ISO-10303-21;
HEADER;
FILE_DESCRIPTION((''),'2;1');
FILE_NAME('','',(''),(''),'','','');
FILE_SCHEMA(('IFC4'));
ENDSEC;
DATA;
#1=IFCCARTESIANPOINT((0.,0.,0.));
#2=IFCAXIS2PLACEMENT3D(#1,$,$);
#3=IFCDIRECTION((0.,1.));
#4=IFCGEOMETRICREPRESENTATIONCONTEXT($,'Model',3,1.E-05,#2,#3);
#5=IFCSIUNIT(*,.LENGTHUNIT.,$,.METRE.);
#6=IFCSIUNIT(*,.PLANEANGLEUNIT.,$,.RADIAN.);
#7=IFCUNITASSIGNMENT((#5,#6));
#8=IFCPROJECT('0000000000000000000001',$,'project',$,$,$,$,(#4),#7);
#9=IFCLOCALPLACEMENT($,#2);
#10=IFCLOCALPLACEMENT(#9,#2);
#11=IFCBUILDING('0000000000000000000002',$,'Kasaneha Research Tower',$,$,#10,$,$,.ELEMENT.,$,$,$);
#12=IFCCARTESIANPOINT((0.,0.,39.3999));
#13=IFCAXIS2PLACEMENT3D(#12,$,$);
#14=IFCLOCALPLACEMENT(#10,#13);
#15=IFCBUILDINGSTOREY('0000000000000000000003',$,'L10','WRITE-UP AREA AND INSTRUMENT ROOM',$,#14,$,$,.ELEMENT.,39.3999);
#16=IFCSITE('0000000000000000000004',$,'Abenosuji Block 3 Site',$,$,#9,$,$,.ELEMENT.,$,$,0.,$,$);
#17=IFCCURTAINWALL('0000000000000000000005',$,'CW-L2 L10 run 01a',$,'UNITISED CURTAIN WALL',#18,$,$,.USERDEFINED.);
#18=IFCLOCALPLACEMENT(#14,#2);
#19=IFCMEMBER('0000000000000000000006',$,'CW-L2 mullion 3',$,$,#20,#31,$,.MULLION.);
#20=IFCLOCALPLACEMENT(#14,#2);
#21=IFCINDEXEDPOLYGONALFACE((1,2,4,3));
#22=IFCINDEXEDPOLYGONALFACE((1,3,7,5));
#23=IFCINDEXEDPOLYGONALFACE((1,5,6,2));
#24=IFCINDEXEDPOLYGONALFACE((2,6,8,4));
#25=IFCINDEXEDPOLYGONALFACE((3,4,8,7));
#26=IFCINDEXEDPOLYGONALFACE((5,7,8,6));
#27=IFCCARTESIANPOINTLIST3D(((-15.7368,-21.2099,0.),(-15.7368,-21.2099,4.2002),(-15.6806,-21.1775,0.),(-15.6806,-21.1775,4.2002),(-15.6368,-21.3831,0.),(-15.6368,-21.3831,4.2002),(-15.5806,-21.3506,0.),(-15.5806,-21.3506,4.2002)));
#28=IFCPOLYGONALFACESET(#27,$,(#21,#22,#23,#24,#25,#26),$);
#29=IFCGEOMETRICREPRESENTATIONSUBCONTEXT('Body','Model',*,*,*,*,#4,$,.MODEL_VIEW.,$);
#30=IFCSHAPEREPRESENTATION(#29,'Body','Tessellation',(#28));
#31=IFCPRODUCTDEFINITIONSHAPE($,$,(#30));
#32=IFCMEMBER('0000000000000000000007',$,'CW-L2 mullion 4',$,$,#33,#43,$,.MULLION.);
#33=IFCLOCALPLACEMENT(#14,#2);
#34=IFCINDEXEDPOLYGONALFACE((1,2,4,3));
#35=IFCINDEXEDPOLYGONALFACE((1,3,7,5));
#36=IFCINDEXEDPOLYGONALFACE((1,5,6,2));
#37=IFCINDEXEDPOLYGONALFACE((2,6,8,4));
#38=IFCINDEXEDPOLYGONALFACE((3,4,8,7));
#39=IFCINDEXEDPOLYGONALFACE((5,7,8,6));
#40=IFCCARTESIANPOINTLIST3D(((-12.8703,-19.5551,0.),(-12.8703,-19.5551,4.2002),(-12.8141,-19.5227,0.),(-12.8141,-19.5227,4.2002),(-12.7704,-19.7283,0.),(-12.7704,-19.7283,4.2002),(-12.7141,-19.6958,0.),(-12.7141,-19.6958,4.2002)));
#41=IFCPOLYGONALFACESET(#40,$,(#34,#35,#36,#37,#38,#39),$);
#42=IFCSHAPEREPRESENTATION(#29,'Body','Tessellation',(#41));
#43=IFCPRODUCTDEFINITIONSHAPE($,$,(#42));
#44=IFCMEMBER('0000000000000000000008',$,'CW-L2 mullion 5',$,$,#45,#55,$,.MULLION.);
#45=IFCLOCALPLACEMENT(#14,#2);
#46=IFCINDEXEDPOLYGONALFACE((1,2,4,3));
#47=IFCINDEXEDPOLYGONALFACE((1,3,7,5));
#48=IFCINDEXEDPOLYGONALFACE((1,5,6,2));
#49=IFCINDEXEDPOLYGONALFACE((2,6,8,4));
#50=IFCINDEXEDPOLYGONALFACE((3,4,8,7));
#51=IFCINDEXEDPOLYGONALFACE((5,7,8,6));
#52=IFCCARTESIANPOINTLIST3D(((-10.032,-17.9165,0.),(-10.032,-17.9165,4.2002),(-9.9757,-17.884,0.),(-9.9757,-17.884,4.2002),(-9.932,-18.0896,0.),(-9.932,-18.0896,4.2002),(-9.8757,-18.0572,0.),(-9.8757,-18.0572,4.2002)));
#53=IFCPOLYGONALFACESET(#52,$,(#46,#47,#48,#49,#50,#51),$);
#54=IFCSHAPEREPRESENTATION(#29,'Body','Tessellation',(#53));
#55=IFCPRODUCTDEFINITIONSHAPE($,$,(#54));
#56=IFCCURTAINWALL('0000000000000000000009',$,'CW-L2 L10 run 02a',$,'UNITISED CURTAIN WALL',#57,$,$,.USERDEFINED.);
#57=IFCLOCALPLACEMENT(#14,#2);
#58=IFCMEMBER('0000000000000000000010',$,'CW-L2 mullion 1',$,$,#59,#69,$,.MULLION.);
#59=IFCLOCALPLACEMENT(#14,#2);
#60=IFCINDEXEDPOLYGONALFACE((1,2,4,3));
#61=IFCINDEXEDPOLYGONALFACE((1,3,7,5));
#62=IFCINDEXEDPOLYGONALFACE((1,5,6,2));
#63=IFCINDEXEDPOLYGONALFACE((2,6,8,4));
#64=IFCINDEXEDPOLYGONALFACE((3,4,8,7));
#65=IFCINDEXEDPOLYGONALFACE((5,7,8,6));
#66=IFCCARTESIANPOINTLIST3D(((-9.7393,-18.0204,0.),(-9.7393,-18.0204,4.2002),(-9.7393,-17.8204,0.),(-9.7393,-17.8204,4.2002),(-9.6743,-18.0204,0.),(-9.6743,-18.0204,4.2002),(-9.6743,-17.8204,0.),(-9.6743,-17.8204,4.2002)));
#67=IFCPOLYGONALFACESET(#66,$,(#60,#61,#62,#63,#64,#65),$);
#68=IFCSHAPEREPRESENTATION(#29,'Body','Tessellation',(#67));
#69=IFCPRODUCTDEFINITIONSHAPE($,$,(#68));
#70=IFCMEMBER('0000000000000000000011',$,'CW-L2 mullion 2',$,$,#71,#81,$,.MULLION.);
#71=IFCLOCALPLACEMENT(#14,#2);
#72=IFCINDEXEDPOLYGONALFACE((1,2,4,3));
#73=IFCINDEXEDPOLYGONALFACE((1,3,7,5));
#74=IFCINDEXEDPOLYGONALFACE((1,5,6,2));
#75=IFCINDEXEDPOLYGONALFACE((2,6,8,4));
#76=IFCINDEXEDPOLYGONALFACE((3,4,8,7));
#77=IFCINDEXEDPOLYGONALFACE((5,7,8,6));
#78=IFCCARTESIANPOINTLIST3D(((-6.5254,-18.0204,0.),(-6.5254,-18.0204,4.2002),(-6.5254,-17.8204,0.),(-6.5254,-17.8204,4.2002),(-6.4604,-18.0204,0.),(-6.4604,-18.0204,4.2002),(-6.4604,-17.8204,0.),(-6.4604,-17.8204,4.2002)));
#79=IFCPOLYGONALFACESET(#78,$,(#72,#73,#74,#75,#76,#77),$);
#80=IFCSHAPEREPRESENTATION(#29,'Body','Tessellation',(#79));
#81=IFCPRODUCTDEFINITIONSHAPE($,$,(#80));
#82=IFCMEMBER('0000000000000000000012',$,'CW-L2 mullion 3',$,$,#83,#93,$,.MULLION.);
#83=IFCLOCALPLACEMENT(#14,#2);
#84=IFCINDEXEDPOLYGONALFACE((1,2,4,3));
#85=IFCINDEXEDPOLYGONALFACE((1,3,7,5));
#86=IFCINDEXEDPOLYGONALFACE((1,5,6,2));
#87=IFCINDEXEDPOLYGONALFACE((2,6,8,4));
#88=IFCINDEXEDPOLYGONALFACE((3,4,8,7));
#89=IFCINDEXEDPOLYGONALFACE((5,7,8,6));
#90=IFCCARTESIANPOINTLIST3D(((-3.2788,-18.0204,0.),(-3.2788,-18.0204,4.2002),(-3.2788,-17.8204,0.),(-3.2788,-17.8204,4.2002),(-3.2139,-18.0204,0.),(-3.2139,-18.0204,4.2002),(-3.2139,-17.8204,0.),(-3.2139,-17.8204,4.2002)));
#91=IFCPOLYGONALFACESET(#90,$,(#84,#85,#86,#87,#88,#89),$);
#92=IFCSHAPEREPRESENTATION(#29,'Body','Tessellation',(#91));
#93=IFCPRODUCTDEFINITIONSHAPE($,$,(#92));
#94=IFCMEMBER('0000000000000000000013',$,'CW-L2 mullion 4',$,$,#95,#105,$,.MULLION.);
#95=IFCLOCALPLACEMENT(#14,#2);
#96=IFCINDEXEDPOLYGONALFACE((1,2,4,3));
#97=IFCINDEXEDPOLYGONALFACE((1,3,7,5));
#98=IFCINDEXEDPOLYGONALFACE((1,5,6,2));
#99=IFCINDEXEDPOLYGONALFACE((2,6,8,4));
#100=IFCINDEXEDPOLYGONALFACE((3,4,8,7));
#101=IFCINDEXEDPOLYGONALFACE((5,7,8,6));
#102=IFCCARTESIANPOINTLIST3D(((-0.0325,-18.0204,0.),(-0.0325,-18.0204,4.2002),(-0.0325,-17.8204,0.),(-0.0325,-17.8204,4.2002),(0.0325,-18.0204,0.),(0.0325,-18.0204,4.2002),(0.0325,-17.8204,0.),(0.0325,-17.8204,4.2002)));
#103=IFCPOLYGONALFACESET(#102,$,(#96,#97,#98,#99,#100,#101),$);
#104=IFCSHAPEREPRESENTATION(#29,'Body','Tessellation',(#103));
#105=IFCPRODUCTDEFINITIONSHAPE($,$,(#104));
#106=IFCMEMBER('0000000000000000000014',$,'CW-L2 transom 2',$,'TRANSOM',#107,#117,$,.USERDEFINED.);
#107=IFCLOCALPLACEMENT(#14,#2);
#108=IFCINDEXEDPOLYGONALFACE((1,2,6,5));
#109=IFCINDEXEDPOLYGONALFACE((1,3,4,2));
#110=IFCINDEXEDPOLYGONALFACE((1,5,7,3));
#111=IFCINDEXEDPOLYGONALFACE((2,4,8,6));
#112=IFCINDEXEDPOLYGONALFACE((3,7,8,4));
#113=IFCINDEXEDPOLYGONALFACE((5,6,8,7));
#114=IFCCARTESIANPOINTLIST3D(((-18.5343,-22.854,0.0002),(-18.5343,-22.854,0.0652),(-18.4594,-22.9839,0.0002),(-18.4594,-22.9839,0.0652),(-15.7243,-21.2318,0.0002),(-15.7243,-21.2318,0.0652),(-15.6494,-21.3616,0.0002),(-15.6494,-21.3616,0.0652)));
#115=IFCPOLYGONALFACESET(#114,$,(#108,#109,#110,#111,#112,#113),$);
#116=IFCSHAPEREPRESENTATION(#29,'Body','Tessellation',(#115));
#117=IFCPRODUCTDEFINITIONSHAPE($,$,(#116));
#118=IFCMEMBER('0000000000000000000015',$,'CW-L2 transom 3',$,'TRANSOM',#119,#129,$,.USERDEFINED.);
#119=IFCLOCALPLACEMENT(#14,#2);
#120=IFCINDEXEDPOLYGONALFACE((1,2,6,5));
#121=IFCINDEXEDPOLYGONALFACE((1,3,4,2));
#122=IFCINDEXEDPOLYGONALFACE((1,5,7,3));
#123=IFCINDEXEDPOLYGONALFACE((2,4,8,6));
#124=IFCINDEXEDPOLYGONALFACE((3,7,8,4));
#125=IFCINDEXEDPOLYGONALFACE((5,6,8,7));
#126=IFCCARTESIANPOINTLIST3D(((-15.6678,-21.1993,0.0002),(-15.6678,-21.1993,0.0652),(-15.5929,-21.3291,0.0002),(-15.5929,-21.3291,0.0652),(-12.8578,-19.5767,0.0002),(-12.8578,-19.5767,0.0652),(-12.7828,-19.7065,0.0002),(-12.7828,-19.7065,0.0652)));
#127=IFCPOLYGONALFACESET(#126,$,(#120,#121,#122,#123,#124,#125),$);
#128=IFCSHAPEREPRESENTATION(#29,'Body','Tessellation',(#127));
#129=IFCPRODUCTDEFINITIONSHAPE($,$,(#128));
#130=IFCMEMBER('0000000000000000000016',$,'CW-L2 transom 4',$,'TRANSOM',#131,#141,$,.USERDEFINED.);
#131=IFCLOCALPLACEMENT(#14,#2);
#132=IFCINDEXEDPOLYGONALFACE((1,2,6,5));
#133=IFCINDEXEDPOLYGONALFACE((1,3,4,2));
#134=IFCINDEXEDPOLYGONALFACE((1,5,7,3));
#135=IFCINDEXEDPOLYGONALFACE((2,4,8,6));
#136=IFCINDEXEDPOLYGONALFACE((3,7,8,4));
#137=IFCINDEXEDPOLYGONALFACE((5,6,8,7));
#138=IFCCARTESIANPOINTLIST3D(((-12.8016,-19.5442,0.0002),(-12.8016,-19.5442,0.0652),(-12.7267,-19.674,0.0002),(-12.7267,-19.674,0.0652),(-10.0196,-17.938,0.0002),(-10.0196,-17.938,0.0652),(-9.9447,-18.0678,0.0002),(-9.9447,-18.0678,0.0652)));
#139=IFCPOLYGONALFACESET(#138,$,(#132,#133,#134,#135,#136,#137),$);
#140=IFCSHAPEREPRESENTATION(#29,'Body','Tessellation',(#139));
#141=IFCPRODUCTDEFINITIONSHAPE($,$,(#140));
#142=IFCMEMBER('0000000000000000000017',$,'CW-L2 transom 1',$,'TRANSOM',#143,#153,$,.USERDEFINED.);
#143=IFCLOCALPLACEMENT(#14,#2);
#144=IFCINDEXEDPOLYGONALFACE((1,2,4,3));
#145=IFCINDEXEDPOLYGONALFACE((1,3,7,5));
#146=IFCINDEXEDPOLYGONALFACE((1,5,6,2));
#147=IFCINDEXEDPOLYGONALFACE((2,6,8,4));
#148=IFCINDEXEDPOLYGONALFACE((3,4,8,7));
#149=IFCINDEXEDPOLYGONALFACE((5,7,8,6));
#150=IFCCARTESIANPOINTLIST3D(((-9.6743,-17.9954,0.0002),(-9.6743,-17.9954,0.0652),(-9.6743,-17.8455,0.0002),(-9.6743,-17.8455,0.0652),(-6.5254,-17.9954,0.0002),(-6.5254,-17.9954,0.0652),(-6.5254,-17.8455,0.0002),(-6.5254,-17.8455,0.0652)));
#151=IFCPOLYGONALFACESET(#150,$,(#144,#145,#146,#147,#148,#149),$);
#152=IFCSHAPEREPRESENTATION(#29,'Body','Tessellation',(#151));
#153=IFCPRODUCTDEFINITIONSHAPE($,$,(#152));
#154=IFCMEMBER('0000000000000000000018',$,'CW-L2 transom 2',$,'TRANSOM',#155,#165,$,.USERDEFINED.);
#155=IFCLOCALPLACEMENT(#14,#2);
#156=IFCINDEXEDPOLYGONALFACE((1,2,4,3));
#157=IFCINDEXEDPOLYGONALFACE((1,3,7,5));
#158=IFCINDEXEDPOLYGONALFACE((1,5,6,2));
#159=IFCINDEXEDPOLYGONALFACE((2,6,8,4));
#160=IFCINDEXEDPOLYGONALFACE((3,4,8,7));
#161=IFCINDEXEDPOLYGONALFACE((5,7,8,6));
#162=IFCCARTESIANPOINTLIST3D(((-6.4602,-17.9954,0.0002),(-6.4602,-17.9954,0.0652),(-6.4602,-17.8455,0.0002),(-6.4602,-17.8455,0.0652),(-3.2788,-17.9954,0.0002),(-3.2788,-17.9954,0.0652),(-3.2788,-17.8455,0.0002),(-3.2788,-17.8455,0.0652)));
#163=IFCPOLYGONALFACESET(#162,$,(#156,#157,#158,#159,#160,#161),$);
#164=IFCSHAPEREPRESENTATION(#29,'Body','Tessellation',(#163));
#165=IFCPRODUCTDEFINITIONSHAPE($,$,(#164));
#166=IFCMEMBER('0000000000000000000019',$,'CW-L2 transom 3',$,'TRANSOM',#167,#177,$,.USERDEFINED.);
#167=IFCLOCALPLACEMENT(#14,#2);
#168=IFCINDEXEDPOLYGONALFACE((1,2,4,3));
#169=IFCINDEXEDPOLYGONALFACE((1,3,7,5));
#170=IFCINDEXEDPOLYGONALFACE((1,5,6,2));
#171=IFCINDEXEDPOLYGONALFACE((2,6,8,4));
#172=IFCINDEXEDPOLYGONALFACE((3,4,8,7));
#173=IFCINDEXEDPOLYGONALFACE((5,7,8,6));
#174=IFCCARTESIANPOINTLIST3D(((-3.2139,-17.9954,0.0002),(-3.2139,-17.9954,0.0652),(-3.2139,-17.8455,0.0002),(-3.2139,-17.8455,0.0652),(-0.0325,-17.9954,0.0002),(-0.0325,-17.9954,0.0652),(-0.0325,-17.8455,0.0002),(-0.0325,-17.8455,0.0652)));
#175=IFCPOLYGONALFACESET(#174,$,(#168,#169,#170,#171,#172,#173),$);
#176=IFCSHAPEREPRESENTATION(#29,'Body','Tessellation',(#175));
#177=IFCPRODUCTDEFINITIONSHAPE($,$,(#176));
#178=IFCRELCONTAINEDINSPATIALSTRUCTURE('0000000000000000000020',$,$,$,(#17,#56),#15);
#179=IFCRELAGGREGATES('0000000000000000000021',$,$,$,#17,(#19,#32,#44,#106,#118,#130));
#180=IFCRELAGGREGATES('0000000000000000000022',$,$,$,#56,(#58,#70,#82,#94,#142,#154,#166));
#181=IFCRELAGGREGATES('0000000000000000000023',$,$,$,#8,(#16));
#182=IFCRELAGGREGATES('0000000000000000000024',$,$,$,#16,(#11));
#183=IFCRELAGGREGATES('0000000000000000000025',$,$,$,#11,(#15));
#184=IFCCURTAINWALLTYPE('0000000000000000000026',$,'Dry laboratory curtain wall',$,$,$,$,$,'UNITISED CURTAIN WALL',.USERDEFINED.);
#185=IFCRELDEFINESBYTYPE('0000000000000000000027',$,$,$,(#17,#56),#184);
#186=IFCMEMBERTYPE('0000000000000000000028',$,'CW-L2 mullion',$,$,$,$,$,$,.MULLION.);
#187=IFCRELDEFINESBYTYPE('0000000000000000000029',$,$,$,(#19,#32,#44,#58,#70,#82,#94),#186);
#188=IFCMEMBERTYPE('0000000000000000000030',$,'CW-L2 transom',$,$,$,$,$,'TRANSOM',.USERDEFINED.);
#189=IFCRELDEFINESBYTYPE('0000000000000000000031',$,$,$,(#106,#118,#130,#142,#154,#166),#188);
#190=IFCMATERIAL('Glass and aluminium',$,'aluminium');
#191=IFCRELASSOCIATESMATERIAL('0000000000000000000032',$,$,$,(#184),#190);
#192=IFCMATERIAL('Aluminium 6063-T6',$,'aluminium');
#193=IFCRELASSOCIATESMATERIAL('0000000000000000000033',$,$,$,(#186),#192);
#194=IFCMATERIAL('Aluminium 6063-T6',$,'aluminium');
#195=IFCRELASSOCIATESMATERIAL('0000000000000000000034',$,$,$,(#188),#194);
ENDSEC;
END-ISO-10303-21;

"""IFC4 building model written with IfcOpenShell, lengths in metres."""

from ifc_helpers import new_model, si_unit, direction, frame, origin, origin_2d, place, context, subcontext, project, spatial, rectangle, extrude, material, material_profile, profile_set, type_object, element, aggregate, save


model = new_model("IFC4")

# Units and contexts
model_context = context("Model", 3, precision=1e-05, world=origin(), true_north=direction((0.0, 1.0)))
body_context = subcontext(model_context, "Body", "Model", "MODEL_VIEW")
ifc_project = project(units=[si_unit("LENGTHUNIT", "METRE"), si_unit("PLANEANGLEUNIT", "RADIAN")], contexts=[model_context])

# Site, building, storey
site_placement = place(None, origin())
site = spatial("IfcSite", under=ifc_project, at=site_placement, Name="Abenosuji Block 3 Site", CompositionType="ELEMENT", RefElevation=0.0)
building_placement = place(site_placement, origin())
building = spatial("IfcBuilding", under=site, at=building_placement, Name="Kasaneha Research Tower", CompositionType="ELEMENT")
storey_placement = place(building_placement, frame((0.0, 0.0, 39.3999)))
storey = spatial("IfcBuildingStorey", under=building, at=storey_placement, Name="L10", Description="WRITE-UP AREA AND INSTRUMENT ROOM", CompositionType="ELEMENT", Elevation=39.3999)

# Curtain walls, members
ifc_material_1 = material(Name="Glass and aluminium", Category="aluminium")
curtain_wall_type = type_object("IfcCurtainWallType", Name="Dry laboratory curtain wall", ElementType="UNITISED CURTAIN WALL", PredefinedType="USERDEFINED", material=ifc_material_1)
curtain_wall_1_placement = place(storey_placement, origin())
curtain_wall_1 = element("IfcCurtainWall", 1, at=curtain_wall_1_placement, inside=storey, type_object=curtain_wall_type, Name="CW-L2 L10 run 01a", ObjectType="UNITISED CURTAIN WALL", PredefinedType="USERDEFINED")
ifc_material_2 = material(Name="Aluminium 6063-T6", Category="aluminium")
ifc_material_profile_1 = material_profile(ifc_material_2, rectangle(XDim=0.0649, YDim=0.2, at=origin_2d()), Name="CW-L2 mullion 65x200")
ifc_profile_set_1 = profile_set([ifc_material_profile_1], Name="Aluminium 6063-T6")
member_type_1 = type_object("IfcMemberType", Name="CW-L2 mullion", PredefinedType="MULLION", material=ifc_profile_set_1)
member_1_placement = place(storey_placement, frame((-15.6587, -21.2803, 0.0), z_axis=(0.0, 0.0, 1.0), x_axis=(0.866025, 0.5, 0.0)))
member_1 = element("IfcMember", 2, at=member_1_placement, type_object=member_type_1, Name="CW-L2 mullion 3", PredefinedType="MULLION", context=body_context, shape_type="SweptSolid", body=[
    extrude(rectangle(XDim=0.0649, YDim=0.2, at=origin_2d()), origin(), (0.0, 0.0, 1.0), 4.2002),
])
member_2_placement = place(storey_placement, frame((-12.7922, -19.6255, 0.0), z_axis=(0.0, 0.0, 1.0), x_axis=(0.866025, 0.5, 0.0)))
member_2 = element("IfcMember", 3, at=member_2_placement, type_object=member_type_1, Name="CW-L2 mullion 4", PredefinedType="MULLION", context=body_context, shape_type="SweptSolid", body=[
    extrude(rectangle(XDim=0.0649, YDim=0.2, at=origin_2d()), origin(), (0.0, 0.0, 1.0), 4.2002),
])
member_3_placement = place(storey_placement, frame((-9.9539, -17.9868, 0.0), z_axis=(0.0, 0.0, 1.0), x_axis=(0.866025, 0.5, 0.0)))
member_3 = element("IfcMember", 4, at=member_3_placement, type_object=member_type_1, Name="CW-L2 mullion 5", PredefinedType="MULLION", context=body_context, shape_type="SweptSolid", body=[
    extrude(rectangle(XDim=0.0649, YDim=0.2, at=origin_2d()), origin(), (0.0, 0.0, 1.0), 4.2002),
])
curtain_wall_2_placement = place(storey_placement, origin())
curtain_wall_2 = element("IfcCurtainWall", 5, at=curtain_wall_2_placement, inside=storey, type_object=curtain_wall_type, Name="CW-L2 L10 run 02a", ObjectType="UNITISED CURTAIN WALL", PredefinedType="USERDEFINED")
member_4_placement = place(storey_placement, frame((-9.7068, -17.9204, 0.0), z_axis=(0.0, 0.0, 1.0), x_axis=(1.0, 0.0, 0.0)))
member_4 = element("IfcMember", 6, at=member_4_placement, type_object=member_type_1, Name="CW-L2 mullion 1", PredefinedType="MULLION", context=body_context, shape_type="SweptSolid", body=[
    extrude(rectangle(XDim=0.0649, YDim=0.2, at=origin_2d()), origin(), (0.0, 0.0, 1.0), 4.2002),
])
member_5_placement = place(storey_placement, frame((-6.4929, -17.9204, 0.0), z_axis=(0.0, 0.0, 1.0), x_axis=(1.0, 0.0, 0.0)))
member_5 = element("IfcMember", 7, at=member_5_placement, type_object=member_type_1, Name="CW-L2 mullion 2", PredefinedType="MULLION", context=body_context, shape_type="SweptSolid", body=[
    extrude(rectangle(XDim=0.0649, YDim=0.2, at=origin_2d()), origin(), (0.0, 0.0, 1.0), 4.2002),
])
member_6_placement = place(storey_placement, frame((-3.2463, -17.9204, 0.0), z_axis=(0.0, 0.0, 1.0), x_axis=(1.0, 0.0, 0.0)))
member_6 = element("IfcMember", 8, at=member_6_placement, type_object=member_type_1, Name="CW-L2 mullion 3", PredefinedType="MULLION", context=body_context, shape_type="SweptSolid", body=[
    extrude(rectangle(XDim=0.0649, YDim=0.2, at=origin_2d()), origin(), (0.0, 0.0, 1.0), 4.2002),
])
member_7_placement = place(storey_placement, frame((0.0, -17.9204, 0.0), z_axis=(0.0, 0.0, 1.0), x_axis=(1.0, 0.0, 0.0)))
member_7 = element("IfcMember", 9, at=member_7_placement, type_object=member_type_1, Name="CW-L2 mullion 4", PredefinedType="MULLION", context=body_context, shape_type="SweptSolid", body=[
    extrude(rectangle(XDim=0.0649, YDim=0.2, at=origin_2d()), origin(), (0.0, 0.0, 1.0), 4.2002),
])

# Members
ifc_material_3 = material(Name="Aluminium 6063-T6", Category="aluminium")
ifc_material_profile_2 = material_profile(ifc_material_3, rectangle(XDim=0.1499, YDim=0.0649, at=origin_2d()), Name="CW-L2 transom 150x65")
ifc_profile_set_2 = profile_set([ifc_material_profile_2], Name="Aluminium 6063-T6")
member_type_2 = type_object("IfcMemberType", Name="CW-L2 transom", ElementType="TRANSOM", PredefinedType="USERDEFINED", material=ifc_profile_set_2)
member_8_placement = place(storey_placement, frame((-18.4968, -22.9189, 0.0327), z_axis=(0.866035, 0.499983, 0.0), x_axis=(-0.499983, 0.866035, 0.0)))
member_8 = element("IfcMember", 10, at=member_8_placement, type_object=member_type_2, Name="CW-L2 transom 2", ObjectType="TRANSOM", PredefinedType="USERDEFINED", context=body_context, shape_type="SweptSolid", body=[
    extrude(rectangle(XDim=0.1499, YDim=0.0649, at=origin_2d()), origin(), (0.0, 0.0, 1.0), 3.2446),
])
member_9_placement = place(storey_placement, frame((-15.6304, -21.2642, 0.0327), z_axis=(0.866003, 0.500039, 0.0), x_axis=(-0.500039, 0.866003, 0.0)))
member_9 = element("IfcMember", 11, at=member_9_placement, type_object=member_type_2, Name="CW-L2 transom 3", ObjectType="TRANSOM", PredefinedType="USERDEFINED", context=body_context, shape_type="SweptSolid", body=[
    extrude(rectangle(XDim=0.1499, YDim=0.0649, at=origin_2d()), origin(), (0.0, 0.0, 1.0), 3.2449),
])
member_10_placement = place(storey_placement, frame((-12.7642, -19.6091, 0.0327), z_axis=(0.866022, 0.500005, 0.0), x_axis=(-0.500005, 0.866022, 0.0)))
member_10 = element("IfcMember", 12, at=member_10_placement, type_object=member_type_2, Name="CW-L2 transom 4", ObjectType="TRANSOM", PredefinedType="USERDEFINED", context=body_context, shape_type="SweptSolid", body=[
    extrude(rectangle(XDim=0.1499, YDim=0.0649, at=origin_2d()), origin(), (0.0, 0.0, 1.0), 3.2124),
])
member_11_placement = place(storey_placement, frame((-9.6743, -17.9204, 0.0327), z_axis=(1.0, 0.0, 0.0), x_axis=(0.0, 1.0, 0.0)))
member_11 = element("IfcMember", 13, at=member_11_placement, type_object=member_type_2, Name="CW-L2 transom 1", ObjectType="TRANSOM", PredefinedType="USERDEFINED", context=body_context, shape_type="SweptSolid", body=[
    extrude(rectangle(XDim=0.1499, YDim=0.0649, at=origin_2d()), origin(), (0.0, 0.0, 1.0), 3.1489),
])
member_12_placement = place(storey_placement, frame((-6.4602, -17.9204, 0.0327), z_axis=(1.0, 0.0, 0.0), x_axis=(0.0, 1.0, 0.0)))
member_12 = element("IfcMember", 14, at=member_12_placement, type_object=member_type_2, Name="CW-L2 transom 2", ObjectType="TRANSOM", PredefinedType="USERDEFINED", context=body_context, shape_type="SweptSolid", body=[
    extrude(rectangle(XDim=0.1499, YDim=0.0649, at=origin_2d()), origin(), (0.0, 0.0, 1.0), 3.1814),
])
member_13_placement = place(storey_placement, frame((-3.2139, -17.9204, 0.0327), z_axis=(1.0, 0.0, 0.0), x_axis=(0.0, 1.0, 0.0)))
member_13 = element("IfcMember", 15, at=member_13_placement, type_object=member_type_2, Name="CW-L2 transom 3", ObjectType="TRANSOM", PredefinedType="USERDEFINED", context=body_context, shape_type="SweptSolid", body=[
    extrude(rectangle(XDim=0.1499, YDim=0.0649, at=origin_2d()), origin(), (0.0, 0.0, 1.0), 3.1814),
])

aggregate(curtain_wall_1, [member_1, member_2, member_3, member_8, member_9, member_10])
aggregate(curtain_wall_2, [member_4, member_5, member_6, member_7, member_11, member_12, member_13])

save(model, "model.ifc")
